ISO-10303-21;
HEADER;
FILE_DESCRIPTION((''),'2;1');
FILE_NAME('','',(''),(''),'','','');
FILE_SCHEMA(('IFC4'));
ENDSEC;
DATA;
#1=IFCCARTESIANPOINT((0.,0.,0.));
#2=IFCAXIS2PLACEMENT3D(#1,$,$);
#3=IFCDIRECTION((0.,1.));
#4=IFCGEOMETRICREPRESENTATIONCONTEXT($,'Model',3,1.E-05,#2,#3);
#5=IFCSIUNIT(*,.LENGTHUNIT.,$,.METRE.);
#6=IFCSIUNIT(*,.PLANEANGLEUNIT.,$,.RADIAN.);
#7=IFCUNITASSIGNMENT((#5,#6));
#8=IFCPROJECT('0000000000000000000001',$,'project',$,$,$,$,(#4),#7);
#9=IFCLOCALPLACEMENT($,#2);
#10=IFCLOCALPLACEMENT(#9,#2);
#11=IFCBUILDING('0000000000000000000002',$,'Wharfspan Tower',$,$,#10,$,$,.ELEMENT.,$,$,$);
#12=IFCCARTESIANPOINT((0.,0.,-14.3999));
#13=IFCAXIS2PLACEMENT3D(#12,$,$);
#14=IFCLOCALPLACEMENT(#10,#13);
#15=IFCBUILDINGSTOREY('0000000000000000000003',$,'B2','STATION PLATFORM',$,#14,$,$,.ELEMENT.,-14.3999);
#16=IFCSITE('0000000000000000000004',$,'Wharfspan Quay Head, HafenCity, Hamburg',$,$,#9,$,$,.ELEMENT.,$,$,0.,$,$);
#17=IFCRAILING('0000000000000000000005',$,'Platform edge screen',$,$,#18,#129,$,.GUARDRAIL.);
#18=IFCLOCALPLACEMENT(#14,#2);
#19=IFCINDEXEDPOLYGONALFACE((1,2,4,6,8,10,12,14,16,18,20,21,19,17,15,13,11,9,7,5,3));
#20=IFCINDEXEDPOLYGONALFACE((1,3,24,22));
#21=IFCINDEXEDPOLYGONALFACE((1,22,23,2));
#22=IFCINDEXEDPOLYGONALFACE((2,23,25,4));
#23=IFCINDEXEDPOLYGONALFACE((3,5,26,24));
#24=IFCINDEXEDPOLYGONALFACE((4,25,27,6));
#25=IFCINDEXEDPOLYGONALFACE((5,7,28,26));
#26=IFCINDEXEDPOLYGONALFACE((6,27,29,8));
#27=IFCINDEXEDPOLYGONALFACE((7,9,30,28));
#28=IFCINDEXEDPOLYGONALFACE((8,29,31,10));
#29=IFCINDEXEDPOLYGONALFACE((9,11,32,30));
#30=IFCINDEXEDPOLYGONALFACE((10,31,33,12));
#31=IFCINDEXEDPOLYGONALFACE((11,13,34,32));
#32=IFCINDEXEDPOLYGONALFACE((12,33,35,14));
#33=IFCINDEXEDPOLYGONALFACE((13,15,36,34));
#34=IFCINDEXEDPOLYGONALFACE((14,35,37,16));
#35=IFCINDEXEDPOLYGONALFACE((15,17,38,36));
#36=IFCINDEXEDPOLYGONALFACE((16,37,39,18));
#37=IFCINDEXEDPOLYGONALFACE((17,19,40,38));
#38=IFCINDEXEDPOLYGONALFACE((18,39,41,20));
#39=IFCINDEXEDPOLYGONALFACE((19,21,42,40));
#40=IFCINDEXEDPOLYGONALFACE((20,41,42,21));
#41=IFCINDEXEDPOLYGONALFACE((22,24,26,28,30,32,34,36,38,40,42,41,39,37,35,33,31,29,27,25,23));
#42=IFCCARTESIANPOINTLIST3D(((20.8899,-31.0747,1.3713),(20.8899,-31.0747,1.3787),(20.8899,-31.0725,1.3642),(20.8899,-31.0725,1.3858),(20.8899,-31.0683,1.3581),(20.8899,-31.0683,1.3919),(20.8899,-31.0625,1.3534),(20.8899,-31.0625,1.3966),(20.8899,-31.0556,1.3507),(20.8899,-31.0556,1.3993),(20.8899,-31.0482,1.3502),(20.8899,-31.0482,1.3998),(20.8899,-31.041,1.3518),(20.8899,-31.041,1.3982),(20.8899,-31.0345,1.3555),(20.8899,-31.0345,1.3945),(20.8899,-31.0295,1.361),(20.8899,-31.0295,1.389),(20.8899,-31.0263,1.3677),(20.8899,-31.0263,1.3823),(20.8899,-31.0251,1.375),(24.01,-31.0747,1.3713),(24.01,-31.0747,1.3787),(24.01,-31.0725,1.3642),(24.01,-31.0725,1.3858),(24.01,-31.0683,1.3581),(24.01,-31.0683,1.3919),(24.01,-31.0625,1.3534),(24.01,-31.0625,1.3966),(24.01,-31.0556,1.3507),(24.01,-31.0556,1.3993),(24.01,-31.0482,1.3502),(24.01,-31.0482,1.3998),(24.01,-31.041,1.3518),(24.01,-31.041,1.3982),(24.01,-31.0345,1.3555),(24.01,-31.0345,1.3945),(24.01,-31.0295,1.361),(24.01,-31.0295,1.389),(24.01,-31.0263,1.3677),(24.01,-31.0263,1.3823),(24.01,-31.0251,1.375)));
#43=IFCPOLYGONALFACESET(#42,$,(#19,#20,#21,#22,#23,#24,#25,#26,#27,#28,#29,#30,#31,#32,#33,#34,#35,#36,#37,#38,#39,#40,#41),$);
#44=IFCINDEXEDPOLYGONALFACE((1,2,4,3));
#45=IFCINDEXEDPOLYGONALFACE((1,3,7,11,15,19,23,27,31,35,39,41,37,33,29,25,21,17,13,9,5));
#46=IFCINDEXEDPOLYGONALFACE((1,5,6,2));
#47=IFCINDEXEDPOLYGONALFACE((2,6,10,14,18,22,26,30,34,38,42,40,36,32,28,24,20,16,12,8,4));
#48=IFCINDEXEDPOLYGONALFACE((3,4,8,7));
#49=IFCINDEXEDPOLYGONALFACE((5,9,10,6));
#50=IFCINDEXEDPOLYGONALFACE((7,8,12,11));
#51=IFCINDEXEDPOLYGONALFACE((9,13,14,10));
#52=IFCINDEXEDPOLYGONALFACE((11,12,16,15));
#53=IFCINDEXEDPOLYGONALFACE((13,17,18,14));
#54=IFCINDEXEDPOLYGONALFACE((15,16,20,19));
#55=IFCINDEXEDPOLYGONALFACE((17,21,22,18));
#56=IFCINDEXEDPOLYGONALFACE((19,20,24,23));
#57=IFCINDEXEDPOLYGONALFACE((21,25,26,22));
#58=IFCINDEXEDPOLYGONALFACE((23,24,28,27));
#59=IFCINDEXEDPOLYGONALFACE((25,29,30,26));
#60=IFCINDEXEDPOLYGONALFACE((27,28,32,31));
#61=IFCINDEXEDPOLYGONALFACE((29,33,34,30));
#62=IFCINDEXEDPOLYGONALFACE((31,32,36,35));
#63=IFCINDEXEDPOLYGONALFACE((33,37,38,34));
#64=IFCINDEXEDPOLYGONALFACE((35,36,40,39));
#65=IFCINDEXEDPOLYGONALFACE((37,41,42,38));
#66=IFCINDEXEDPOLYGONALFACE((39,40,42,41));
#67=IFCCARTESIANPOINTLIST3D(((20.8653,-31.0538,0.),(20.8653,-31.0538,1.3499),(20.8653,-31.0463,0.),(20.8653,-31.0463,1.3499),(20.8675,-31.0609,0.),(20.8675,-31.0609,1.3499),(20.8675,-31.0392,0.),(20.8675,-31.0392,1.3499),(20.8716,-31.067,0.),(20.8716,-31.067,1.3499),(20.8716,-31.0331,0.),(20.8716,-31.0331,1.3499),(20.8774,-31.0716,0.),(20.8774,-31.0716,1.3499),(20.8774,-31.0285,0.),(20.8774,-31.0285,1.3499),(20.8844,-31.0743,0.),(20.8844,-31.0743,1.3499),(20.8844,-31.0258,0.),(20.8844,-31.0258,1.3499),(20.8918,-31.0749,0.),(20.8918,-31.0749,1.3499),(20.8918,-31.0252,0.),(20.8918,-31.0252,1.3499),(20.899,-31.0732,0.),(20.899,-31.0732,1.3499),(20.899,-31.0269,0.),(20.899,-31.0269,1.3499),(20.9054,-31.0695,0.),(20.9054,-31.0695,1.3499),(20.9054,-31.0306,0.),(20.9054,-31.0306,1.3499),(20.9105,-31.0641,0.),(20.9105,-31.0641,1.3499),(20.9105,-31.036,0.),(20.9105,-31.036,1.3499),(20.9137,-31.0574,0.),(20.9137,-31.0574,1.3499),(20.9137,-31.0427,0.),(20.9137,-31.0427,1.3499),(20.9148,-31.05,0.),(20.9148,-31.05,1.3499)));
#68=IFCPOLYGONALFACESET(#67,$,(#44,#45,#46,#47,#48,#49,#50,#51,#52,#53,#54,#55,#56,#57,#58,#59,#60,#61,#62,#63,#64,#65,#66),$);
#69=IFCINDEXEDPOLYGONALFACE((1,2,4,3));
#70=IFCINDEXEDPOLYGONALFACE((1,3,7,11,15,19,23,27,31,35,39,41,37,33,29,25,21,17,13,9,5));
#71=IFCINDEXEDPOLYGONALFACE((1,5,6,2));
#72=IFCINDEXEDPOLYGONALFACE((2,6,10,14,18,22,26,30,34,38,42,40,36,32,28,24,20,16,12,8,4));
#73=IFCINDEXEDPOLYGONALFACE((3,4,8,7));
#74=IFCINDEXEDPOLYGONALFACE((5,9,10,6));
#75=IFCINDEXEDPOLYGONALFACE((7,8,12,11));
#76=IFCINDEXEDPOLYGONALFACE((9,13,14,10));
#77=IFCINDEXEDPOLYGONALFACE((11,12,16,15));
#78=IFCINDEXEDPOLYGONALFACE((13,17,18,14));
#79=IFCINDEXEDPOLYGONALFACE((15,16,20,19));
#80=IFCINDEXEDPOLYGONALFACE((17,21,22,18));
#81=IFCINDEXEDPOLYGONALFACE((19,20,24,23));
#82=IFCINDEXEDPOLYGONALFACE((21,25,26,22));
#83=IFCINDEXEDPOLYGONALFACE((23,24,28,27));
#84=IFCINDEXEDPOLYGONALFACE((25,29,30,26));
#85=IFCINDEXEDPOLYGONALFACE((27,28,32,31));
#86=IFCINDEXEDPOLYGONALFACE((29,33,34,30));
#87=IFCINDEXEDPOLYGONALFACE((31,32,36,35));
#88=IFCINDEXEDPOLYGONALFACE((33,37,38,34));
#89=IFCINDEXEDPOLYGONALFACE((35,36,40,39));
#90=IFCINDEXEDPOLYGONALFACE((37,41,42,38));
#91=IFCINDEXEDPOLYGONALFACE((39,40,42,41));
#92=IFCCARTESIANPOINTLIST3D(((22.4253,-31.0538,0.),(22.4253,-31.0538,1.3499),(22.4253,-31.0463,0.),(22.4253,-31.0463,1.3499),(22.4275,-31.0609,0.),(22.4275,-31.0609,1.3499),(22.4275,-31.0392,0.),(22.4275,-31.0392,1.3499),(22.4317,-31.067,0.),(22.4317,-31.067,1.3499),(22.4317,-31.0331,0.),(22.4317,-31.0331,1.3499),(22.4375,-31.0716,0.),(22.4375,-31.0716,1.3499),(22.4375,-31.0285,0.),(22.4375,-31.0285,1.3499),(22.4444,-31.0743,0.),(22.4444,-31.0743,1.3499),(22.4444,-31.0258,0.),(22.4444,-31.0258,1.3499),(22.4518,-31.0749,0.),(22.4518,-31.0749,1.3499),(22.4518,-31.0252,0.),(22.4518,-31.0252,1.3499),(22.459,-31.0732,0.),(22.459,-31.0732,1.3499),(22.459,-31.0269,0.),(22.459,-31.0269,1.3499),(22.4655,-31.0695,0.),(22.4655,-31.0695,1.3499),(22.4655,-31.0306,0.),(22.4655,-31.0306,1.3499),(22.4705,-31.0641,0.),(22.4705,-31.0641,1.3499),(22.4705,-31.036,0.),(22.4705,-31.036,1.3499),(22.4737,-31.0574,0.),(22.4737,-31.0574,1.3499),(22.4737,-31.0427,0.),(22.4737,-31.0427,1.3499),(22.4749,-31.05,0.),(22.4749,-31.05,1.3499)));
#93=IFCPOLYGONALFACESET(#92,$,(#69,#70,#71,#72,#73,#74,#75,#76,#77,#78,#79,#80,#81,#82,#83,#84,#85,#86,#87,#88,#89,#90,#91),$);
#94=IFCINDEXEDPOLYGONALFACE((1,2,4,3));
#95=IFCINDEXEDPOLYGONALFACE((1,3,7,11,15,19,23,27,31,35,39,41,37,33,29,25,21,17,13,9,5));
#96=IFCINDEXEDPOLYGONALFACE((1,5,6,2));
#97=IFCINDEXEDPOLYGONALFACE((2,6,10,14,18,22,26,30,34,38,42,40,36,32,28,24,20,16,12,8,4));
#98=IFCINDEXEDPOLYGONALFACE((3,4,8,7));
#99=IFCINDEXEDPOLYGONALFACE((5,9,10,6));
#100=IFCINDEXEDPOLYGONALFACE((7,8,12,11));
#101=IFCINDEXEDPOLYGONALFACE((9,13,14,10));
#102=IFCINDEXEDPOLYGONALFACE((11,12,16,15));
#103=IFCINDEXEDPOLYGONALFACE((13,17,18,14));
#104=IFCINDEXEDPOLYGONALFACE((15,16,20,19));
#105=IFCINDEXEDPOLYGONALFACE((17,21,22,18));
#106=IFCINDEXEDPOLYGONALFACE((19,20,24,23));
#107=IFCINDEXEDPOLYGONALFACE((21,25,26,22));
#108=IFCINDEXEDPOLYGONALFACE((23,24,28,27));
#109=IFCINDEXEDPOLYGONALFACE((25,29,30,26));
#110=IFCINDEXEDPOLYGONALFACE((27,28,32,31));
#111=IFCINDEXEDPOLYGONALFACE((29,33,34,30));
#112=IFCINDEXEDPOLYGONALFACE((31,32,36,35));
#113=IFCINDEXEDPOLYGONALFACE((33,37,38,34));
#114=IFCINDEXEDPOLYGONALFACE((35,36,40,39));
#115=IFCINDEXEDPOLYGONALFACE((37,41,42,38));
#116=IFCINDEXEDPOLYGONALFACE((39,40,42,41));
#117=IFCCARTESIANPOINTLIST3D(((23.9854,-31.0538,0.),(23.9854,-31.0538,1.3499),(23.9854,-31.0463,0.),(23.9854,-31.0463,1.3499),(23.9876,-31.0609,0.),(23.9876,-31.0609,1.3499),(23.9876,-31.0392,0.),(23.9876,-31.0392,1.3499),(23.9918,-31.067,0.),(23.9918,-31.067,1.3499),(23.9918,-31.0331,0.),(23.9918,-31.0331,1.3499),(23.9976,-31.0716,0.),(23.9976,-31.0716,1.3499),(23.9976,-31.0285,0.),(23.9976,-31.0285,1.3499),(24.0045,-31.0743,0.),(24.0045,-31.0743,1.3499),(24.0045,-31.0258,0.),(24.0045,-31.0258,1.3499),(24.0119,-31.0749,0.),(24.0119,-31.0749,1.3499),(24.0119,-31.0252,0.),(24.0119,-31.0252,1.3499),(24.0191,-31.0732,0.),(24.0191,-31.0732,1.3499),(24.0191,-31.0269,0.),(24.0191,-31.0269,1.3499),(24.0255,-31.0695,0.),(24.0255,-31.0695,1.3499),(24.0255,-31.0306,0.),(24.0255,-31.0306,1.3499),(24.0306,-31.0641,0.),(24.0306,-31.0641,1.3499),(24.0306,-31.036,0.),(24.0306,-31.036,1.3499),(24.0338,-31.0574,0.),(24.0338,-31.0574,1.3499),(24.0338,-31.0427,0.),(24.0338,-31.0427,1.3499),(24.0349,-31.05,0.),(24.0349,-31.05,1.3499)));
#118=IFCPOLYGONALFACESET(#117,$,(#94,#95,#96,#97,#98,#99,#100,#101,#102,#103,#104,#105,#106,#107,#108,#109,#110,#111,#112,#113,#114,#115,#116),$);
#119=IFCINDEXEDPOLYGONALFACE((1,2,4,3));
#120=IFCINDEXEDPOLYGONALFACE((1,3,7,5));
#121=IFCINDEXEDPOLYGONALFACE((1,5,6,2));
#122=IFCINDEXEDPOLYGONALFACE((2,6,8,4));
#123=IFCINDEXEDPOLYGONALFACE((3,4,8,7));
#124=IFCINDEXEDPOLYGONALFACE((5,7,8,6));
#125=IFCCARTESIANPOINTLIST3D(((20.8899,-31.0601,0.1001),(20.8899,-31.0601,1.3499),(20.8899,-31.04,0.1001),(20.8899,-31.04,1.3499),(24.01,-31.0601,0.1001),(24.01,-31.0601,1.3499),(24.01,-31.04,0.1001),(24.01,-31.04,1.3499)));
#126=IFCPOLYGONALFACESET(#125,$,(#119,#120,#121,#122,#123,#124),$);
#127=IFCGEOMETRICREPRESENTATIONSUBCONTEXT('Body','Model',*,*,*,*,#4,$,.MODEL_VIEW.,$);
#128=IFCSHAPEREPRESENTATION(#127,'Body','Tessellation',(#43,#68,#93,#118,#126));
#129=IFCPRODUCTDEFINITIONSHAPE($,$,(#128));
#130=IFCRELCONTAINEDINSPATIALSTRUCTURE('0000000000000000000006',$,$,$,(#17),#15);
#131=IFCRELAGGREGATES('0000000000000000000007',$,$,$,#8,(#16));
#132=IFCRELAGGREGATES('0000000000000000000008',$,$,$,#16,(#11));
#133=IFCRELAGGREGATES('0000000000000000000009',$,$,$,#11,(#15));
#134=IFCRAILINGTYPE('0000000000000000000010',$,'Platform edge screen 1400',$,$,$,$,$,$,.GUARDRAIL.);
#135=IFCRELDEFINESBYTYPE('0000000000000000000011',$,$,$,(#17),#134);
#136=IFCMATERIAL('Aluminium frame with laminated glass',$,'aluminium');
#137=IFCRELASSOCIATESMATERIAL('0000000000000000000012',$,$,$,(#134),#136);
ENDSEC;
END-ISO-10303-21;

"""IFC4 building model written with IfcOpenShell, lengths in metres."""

from ifc_helpers import new_model, si_unit, direction, frame, origin, origin_2d, place, context, subcontext, project, spatial, rectangle, circle, extrude, material, type_object, element, save


model = new_model("IFC4")

# Units and contexts
model_context = context("Model", 3, precision=1e-05, world=origin(), true_north=direction((0.0, 1.0)))
body_context = subcontext(model_context, "Body", "Model", "MODEL_VIEW")
ifc_project = project(units=[si_unit("LENGTHUNIT", "METRE"), si_unit("PLANEANGLEUNIT", "RADIAN")], contexts=[model_context])

# Site, building, storey
site_placement = place(None, origin())
site = spatial("IfcSite", under=ifc_project, at=site_placement, Name="Wharfspan Quay Head, HafenCity, Hamburg", CompositionType="ELEMENT", RefElevation=0.0)
building_placement = place(site_placement, origin())
building = spatial("IfcBuilding", under=site, at=building_placement, Name="Wharfspan Tower", CompositionType="ELEMENT")
storey_placement = place(building_placement, frame((0.0, 0.0, -14.3999)))
storey = spatial("IfcBuildingStorey", under=building, at=storey_placement, Name="B2", Description="STATION PLATFORM", CompositionType="ELEMENT", Elevation=-14.3999)

# Railing
ifc_material_1 = material(Name="Aluminium frame with laminated glass", Category="aluminium")
railing_type_1 = type_object("IfcRailingType", Name="Platform edge screen 1400", PredefinedType="GUARDRAIL", material=ifc_material_1)
for number, where, name in (
    (1, (20.8899, -31.05, 0.0), "Platform edge screen"),
):
    element("IfcRailing", number, at=place(storey_placement, frame(where)), inside=storey, type_object=railing_type_1, Name=name, PredefinedType="GUARDRAIL", context=body_context, shape_type="SweptSolid", body=[
        extrude(circle(Radius=0.0249, at=origin_2d()), frame((0.0, 0.0, 1.375), z_axis=(1.0, 0.0, 0.0), x_axis=(0.0, 1.0, 0.0)), (0.0, 0.0, 1.0), 3.1201),
        extrude(circle(Radius=0.0249, at=origin_2d()), origin(), (0.0, 0.0, 1.0), 1.3499),
        extrude(circle(Radius=0.0249, at=origin_2d()), frame((1.5601, 0.0, 0.0)), (0.0, 0.0, 1.0), 1.3499),
        extrude(circle(Radius=0.0249, at=origin_2d()), frame((3.1201, 0.0, 0.0)), (0.0, 0.0, 1.0), 1.3499),
        extrude(rectangle(XDim=3.1201, YDim=0.02, at=origin_2d()), frame((1.5601, 0.0, 0.1001), z_axis=(0.0, 0.0, 1.0), x_axis=(1.0, 0.0, 0.0)), (0.0, 0.0, 1.0), 1.2498),
    ])

save(model, "model.ifc")
